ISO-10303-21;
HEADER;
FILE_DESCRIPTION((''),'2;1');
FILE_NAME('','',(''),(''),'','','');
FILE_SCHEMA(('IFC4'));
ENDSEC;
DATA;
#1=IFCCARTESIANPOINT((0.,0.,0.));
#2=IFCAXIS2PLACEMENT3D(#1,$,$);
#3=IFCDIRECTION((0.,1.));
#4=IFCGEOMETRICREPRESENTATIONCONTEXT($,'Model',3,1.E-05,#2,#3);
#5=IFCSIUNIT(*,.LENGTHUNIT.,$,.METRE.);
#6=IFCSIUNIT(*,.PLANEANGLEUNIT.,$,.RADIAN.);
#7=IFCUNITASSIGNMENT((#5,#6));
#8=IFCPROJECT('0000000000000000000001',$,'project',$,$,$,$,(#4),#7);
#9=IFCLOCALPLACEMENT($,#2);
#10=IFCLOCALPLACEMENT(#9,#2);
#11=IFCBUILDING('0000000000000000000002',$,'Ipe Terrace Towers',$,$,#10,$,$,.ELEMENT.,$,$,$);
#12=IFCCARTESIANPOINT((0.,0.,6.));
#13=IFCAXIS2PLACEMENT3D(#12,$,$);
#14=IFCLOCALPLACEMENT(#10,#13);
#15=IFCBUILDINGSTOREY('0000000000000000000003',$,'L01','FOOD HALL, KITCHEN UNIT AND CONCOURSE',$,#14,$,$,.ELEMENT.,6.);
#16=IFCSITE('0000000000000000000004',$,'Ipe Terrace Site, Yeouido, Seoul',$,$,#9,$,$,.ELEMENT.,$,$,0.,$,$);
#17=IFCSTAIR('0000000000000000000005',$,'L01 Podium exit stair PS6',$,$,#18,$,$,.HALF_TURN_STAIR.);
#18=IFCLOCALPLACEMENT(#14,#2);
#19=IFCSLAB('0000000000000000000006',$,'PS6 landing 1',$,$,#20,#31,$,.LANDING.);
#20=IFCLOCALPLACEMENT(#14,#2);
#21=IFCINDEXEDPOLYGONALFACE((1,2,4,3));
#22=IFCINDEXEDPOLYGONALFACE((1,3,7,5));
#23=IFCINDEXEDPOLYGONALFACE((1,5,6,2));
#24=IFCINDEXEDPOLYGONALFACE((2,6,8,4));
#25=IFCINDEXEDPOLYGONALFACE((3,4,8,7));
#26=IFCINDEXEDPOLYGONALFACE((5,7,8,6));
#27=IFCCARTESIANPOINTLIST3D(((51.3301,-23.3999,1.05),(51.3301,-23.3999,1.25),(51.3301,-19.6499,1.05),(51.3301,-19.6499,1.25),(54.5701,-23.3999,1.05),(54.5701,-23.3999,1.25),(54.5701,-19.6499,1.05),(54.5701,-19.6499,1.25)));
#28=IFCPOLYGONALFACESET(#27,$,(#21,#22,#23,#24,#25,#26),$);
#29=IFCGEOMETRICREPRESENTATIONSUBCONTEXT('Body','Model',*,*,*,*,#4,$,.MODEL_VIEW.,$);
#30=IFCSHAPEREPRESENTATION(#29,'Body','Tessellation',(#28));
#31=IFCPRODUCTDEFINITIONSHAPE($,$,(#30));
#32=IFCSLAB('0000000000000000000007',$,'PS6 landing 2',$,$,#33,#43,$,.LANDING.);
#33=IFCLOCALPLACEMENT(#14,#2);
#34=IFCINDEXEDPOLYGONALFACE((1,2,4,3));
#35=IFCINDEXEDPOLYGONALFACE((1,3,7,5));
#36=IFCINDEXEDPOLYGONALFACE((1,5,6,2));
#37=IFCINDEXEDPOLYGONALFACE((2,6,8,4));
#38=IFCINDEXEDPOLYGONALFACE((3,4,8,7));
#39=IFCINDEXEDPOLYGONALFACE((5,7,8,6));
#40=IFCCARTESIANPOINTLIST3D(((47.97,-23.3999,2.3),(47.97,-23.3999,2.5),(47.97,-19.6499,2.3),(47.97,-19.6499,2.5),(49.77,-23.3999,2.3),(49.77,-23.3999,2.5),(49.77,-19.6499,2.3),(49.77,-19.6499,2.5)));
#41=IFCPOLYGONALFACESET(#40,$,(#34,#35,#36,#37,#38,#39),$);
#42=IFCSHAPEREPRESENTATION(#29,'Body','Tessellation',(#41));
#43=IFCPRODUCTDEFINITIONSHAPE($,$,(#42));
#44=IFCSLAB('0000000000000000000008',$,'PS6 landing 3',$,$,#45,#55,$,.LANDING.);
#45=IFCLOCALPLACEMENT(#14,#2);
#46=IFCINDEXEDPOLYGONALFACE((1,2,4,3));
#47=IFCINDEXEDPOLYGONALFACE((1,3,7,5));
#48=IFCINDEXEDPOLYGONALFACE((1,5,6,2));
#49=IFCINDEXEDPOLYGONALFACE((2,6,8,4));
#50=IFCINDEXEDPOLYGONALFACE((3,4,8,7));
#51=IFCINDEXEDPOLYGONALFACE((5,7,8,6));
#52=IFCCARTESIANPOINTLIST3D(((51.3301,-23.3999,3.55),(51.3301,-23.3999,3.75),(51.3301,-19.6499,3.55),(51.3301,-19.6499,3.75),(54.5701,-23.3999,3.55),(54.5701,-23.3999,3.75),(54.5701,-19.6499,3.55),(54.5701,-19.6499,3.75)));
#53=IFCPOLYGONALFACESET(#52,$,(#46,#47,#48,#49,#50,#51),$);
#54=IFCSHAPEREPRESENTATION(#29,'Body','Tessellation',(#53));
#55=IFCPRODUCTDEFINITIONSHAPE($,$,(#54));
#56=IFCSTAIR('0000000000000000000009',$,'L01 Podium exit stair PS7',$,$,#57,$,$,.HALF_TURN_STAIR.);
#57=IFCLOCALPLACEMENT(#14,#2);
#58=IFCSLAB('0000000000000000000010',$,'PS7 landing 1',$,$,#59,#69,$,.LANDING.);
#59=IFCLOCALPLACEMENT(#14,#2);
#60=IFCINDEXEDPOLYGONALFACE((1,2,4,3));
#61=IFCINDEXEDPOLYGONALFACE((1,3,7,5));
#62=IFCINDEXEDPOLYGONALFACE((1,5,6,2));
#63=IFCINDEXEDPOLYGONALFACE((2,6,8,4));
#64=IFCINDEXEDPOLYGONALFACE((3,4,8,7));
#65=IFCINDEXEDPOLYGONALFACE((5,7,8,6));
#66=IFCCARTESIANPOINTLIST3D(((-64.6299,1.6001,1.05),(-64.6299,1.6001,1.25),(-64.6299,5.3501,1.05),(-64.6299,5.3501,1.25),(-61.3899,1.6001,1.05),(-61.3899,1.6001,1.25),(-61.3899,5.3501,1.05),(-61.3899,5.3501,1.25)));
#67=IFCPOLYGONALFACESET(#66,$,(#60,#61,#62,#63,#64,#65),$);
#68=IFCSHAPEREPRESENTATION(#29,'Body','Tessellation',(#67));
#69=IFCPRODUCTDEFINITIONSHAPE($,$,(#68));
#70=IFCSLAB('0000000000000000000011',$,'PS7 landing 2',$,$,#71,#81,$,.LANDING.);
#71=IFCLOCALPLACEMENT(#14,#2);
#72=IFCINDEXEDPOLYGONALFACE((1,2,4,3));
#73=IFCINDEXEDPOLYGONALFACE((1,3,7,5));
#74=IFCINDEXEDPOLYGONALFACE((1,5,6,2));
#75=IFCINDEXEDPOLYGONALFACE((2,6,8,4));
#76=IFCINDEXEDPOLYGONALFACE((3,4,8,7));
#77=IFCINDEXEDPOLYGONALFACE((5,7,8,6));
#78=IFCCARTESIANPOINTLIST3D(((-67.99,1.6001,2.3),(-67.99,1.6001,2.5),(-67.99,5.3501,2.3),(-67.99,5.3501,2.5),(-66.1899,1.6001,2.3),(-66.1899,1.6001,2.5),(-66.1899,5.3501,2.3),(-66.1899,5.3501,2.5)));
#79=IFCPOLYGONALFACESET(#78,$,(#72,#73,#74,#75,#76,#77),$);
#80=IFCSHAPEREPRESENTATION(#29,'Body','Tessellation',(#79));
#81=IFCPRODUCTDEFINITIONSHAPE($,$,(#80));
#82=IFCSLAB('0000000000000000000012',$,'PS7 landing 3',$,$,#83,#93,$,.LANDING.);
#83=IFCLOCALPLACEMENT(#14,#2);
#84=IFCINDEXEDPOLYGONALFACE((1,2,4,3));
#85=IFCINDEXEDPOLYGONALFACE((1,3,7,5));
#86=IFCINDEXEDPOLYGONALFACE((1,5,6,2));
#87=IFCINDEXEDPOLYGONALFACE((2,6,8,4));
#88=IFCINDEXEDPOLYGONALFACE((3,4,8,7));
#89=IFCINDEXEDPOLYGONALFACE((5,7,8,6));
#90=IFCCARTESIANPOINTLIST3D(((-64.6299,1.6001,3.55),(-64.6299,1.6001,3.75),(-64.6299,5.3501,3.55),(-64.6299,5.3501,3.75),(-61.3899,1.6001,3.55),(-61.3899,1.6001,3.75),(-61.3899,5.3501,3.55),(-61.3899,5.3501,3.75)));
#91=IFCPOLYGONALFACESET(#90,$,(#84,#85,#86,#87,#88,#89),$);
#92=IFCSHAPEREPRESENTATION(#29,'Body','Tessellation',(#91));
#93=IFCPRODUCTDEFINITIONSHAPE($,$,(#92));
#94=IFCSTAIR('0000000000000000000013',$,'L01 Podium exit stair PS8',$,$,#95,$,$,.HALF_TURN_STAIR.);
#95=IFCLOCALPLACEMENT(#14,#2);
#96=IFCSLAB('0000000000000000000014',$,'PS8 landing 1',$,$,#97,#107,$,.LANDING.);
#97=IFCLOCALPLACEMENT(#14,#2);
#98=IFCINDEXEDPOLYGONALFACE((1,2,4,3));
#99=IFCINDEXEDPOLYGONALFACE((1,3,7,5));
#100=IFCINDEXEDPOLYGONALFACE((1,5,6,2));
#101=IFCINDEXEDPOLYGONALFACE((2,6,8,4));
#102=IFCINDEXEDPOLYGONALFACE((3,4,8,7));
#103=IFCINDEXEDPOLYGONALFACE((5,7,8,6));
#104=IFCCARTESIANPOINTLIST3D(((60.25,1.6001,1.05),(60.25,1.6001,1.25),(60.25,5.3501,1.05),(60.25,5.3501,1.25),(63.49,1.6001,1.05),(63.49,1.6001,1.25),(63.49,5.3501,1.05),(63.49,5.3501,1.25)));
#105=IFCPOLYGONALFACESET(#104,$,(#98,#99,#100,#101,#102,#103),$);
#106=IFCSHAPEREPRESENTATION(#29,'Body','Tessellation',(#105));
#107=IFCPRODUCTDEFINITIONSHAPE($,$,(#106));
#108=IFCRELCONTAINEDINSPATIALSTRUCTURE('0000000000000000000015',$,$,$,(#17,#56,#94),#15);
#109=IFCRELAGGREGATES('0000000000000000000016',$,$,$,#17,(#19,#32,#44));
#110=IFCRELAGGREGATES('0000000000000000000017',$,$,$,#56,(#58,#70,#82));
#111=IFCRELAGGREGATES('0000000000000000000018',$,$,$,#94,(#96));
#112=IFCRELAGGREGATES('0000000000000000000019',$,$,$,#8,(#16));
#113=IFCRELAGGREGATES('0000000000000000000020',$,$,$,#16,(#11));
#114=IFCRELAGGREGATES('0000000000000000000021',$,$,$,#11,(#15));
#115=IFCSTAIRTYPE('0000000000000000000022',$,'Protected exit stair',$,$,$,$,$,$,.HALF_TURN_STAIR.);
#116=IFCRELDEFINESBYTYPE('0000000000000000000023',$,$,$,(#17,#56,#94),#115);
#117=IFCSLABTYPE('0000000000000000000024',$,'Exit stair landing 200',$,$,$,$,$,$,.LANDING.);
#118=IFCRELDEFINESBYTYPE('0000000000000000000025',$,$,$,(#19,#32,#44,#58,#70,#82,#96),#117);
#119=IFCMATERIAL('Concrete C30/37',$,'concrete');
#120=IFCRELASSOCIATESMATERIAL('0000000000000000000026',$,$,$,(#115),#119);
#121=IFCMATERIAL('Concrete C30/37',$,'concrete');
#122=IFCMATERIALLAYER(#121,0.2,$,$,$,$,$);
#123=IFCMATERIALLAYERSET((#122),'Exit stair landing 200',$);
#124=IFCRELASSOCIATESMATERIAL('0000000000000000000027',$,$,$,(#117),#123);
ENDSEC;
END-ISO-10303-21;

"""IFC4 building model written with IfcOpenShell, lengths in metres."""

from ifc_helpers import new_model, si_unit, direction, frame, origin, place, context, subcontext, project, spatial, polyline, outline, extrude, material, layer, layer_set, type_object, element, aggregate, save


model = new_model("IFC4")

# Units and contexts
model_context = context("Model", 3, precision=1e-05, world=origin(), true_north=direction((0.0, 1.0)))
body_context = subcontext(model_context, "Body", "Model", "MODEL_VIEW")
ifc_project = project(units=[si_unit("LENGTHUNIT", "METRE"), si_unit("PLANEANGLEUNIT", "RADIAN")], contexts=[model_context])

# Site, building, storey
site_placement = place(None, origin())
site = spatial("IfcSite", under=ifc_project, at=site_placement, Name="Ipe Terrace Site, Yeouido, Seoul", CompositionType="ELEMENT", RefElevation=0.0)
building_placement = place(site_placement, origin())
building = spatial("IfcBuilding", under=site, at=building_placement, Name="Ipe Terrace Towers", CompositionType="ELEMENT")
storey_placement = place(building_placement, frame((0.0, 0.0, 6.0)))
storey = spatial("IfcBuildingStorey", under=building, at=storey_placement, Name="L01", Description="FOOD HALL, KITCHEN UNIT AND CONCOURSE", CompositionType="ELEMENT", Elevation=6.0)

# Stairs, slabs
ifc_material_1 = material(Name="Concrete C30/37", Category="concrete")
stair_type = type_object("IfcStairType", Name="Protected exit stair", PredefinedType="HALF_TURN_STAIR", material=ifc_material_1)
ifc_material_2 = material(Name="Concrete C30/37", Category="concrete")
ifc_layer = layer(ifc_material_2, 0.2)
ifc_layer_set = layer_set([ifc_layer], Name="Exit stair landing 200")
slab_type = type_object("IfcSlabType", Name="Exit stair landing 200", PredefinedType="LANDING", material=ifc_layer_set)
stair_1_placement = place(storey_placement, origin())
stair_1 = element("IfcStair", 1, at=stair_1_placement, inside=storey, type_object=stair_type, Name="L01 Podium exit stair PS6", PredefinedType="HALF_TURN_STAIR")
slab_1_placement = place(storey_placement, frame((0.0, 0.0, 1.05)))
slab_1 = element("IfcSlab", 2, at=slab_1_placement, type_object=slab_type, Name="PS6 landing 1", PredefinedType="LANDING", context=body_context, shape_type="SweptSolid", body=[
    extrude(outline(polyline([(51.3301, -23.3999), (54.5701, -23.3999), (54.5701, -19.6499), (51.3301, -19.6499), (51.3301, -23.3999)])), origin(), (0.0, 0.0, 1.0), 0.2),
])
slab_2_placement = place(storey_placement, frame((0.0, 0.0, 2.3)))
slab_2 = element("IfcSlab", 3, at=slab_2_placement, type_object=slab_type, Name="PS6 landing 2", PredefinedType="LANDING", context=body_context, shape_type="SweptSolid", body=[
    extrude(outline(polyline([(47.97, -23.3999), (49.77, -23.3999), (49.77, -19.6499), (47.97, -19.6499), (47.97, -23.3999)])), origin(), (0.0, 0.0, 1.0), 0.2),
])
slab_3_placement = place(storey_placement, frame((0.0, 0.0, 3.55)))
slab_3 = element("IfcSlab", 4, at=slab_3_placement, type_object=slab_type, Name="PS6 landing 3", PredefinedType="LANDING", context=body_context, shape_type="SweptSolid", body=[
    extrude(outline(polyline([(51.3301, -23.3999), (54.5701, -23.3999), (54.5701, -19.6499), (51.3301, -19.6499), (51.3301, -23.3999)])), origin(), (0.0, 0.0, 1.0), 0.2),
])
aggregate(stair_1, [slab_1, slab_2, slab_3])
stair_2_placement = place(storey_placement, origin())
stair_2 = element("IfcStair", 5, at=stair_2_placement, inside=storey, type_object=stair_type, Name="L01 Podium exit stair PS7", PredefinedType="HALF_TURN_STAIR")
slab_4_placement = place(storey_placement, frame((0.0, 0.0, 1.05)))
slab_4 = element("IfcSlab", 6, at=slab_4_placement, type_object=slab_type, Name="PS7 landing 1", PredefinedType="LANDING", context=body_context, shape_type="SweptSolid", body=[
    extrude(outline(polyline([(-64.6299, 1.6001), (-61.3899, 1.6001), (-61.3899, 5.3501), (-64.6299, 5.3501), (-64.6299, 1.6001)])), origin(), (0.0, 0.0, 1.0), 0.2),
])
slab_5_placement = place(storey_placement, frame((0.0, 0.0, 2.3)))
slab_5 = element("IfcSlab", 7, at=slab_5_placement, type_object=slab_type, Name="PS7 landing 2", PredefinedType="LANDING", context=body_context, shape_type="SweptSolid", body=[
    extrude(outline(polyline([(-67.99, 1.6001), (-66.1899, 1.6001), (-66.1899, 5.3501), (-67.99, 5.3501), (-67.99, 1.6001)])), origin(), (0.0, 0.0, 1.0), 0.2),
])
slab_6_placement = place(storey_placement, frame((0.0, 0.0, 3.55)))
slab_6 = element("IfcSlab", 8, at=slab_6_placement, type_object=slab_type, Name="PS7 landing 3", PredefinedType="LANDING", context=body_context, shape_type="SweptSolid", body=[
    extrude(outline(polyline([(-64.6299, 1.6001), (-61.3899, 1.6001), (-61.3899, 5.3501), (-64.6299, 5.3501), (-64.6299, 1.6001)])), origin(), (0.0, 0.0, 1.0), 0.2),
])
aggregate(stair_2, [slab_4, slab_5, slab_6])

# Stair, slab
stair_3_placement = place(storey_placement, origin())
stair_3 = element("IfcStair", 9, at=stair_3_placement, inside=storey, type_object=stair_type, Name="L01 Podium exit stair PS8", PredefinedType="HALF_TURN_STAIR")
slab_7_placement = place(storey_placement, frame((0.0, 0.0, 1.05)))
slab_7 = element("IfcSlab", 10, at=slab_7_placement, type_object=slab_type, Name="PS8 landing 1", PredefinedType="LANDING", context=body_context, shape_type="SweptSolid", body=[
    extrude(outline(polyline([(60.25, 1.6001), (63.49, 1.6001), (63.49, 5.3501), (60.25, 5.3501), (60.25, 1.6001)])), origin(), (0.0, 0.0, 1.0), 0.2),
])
aggregate(stair_3, [slab_7])

save(model, "model.ifc")
